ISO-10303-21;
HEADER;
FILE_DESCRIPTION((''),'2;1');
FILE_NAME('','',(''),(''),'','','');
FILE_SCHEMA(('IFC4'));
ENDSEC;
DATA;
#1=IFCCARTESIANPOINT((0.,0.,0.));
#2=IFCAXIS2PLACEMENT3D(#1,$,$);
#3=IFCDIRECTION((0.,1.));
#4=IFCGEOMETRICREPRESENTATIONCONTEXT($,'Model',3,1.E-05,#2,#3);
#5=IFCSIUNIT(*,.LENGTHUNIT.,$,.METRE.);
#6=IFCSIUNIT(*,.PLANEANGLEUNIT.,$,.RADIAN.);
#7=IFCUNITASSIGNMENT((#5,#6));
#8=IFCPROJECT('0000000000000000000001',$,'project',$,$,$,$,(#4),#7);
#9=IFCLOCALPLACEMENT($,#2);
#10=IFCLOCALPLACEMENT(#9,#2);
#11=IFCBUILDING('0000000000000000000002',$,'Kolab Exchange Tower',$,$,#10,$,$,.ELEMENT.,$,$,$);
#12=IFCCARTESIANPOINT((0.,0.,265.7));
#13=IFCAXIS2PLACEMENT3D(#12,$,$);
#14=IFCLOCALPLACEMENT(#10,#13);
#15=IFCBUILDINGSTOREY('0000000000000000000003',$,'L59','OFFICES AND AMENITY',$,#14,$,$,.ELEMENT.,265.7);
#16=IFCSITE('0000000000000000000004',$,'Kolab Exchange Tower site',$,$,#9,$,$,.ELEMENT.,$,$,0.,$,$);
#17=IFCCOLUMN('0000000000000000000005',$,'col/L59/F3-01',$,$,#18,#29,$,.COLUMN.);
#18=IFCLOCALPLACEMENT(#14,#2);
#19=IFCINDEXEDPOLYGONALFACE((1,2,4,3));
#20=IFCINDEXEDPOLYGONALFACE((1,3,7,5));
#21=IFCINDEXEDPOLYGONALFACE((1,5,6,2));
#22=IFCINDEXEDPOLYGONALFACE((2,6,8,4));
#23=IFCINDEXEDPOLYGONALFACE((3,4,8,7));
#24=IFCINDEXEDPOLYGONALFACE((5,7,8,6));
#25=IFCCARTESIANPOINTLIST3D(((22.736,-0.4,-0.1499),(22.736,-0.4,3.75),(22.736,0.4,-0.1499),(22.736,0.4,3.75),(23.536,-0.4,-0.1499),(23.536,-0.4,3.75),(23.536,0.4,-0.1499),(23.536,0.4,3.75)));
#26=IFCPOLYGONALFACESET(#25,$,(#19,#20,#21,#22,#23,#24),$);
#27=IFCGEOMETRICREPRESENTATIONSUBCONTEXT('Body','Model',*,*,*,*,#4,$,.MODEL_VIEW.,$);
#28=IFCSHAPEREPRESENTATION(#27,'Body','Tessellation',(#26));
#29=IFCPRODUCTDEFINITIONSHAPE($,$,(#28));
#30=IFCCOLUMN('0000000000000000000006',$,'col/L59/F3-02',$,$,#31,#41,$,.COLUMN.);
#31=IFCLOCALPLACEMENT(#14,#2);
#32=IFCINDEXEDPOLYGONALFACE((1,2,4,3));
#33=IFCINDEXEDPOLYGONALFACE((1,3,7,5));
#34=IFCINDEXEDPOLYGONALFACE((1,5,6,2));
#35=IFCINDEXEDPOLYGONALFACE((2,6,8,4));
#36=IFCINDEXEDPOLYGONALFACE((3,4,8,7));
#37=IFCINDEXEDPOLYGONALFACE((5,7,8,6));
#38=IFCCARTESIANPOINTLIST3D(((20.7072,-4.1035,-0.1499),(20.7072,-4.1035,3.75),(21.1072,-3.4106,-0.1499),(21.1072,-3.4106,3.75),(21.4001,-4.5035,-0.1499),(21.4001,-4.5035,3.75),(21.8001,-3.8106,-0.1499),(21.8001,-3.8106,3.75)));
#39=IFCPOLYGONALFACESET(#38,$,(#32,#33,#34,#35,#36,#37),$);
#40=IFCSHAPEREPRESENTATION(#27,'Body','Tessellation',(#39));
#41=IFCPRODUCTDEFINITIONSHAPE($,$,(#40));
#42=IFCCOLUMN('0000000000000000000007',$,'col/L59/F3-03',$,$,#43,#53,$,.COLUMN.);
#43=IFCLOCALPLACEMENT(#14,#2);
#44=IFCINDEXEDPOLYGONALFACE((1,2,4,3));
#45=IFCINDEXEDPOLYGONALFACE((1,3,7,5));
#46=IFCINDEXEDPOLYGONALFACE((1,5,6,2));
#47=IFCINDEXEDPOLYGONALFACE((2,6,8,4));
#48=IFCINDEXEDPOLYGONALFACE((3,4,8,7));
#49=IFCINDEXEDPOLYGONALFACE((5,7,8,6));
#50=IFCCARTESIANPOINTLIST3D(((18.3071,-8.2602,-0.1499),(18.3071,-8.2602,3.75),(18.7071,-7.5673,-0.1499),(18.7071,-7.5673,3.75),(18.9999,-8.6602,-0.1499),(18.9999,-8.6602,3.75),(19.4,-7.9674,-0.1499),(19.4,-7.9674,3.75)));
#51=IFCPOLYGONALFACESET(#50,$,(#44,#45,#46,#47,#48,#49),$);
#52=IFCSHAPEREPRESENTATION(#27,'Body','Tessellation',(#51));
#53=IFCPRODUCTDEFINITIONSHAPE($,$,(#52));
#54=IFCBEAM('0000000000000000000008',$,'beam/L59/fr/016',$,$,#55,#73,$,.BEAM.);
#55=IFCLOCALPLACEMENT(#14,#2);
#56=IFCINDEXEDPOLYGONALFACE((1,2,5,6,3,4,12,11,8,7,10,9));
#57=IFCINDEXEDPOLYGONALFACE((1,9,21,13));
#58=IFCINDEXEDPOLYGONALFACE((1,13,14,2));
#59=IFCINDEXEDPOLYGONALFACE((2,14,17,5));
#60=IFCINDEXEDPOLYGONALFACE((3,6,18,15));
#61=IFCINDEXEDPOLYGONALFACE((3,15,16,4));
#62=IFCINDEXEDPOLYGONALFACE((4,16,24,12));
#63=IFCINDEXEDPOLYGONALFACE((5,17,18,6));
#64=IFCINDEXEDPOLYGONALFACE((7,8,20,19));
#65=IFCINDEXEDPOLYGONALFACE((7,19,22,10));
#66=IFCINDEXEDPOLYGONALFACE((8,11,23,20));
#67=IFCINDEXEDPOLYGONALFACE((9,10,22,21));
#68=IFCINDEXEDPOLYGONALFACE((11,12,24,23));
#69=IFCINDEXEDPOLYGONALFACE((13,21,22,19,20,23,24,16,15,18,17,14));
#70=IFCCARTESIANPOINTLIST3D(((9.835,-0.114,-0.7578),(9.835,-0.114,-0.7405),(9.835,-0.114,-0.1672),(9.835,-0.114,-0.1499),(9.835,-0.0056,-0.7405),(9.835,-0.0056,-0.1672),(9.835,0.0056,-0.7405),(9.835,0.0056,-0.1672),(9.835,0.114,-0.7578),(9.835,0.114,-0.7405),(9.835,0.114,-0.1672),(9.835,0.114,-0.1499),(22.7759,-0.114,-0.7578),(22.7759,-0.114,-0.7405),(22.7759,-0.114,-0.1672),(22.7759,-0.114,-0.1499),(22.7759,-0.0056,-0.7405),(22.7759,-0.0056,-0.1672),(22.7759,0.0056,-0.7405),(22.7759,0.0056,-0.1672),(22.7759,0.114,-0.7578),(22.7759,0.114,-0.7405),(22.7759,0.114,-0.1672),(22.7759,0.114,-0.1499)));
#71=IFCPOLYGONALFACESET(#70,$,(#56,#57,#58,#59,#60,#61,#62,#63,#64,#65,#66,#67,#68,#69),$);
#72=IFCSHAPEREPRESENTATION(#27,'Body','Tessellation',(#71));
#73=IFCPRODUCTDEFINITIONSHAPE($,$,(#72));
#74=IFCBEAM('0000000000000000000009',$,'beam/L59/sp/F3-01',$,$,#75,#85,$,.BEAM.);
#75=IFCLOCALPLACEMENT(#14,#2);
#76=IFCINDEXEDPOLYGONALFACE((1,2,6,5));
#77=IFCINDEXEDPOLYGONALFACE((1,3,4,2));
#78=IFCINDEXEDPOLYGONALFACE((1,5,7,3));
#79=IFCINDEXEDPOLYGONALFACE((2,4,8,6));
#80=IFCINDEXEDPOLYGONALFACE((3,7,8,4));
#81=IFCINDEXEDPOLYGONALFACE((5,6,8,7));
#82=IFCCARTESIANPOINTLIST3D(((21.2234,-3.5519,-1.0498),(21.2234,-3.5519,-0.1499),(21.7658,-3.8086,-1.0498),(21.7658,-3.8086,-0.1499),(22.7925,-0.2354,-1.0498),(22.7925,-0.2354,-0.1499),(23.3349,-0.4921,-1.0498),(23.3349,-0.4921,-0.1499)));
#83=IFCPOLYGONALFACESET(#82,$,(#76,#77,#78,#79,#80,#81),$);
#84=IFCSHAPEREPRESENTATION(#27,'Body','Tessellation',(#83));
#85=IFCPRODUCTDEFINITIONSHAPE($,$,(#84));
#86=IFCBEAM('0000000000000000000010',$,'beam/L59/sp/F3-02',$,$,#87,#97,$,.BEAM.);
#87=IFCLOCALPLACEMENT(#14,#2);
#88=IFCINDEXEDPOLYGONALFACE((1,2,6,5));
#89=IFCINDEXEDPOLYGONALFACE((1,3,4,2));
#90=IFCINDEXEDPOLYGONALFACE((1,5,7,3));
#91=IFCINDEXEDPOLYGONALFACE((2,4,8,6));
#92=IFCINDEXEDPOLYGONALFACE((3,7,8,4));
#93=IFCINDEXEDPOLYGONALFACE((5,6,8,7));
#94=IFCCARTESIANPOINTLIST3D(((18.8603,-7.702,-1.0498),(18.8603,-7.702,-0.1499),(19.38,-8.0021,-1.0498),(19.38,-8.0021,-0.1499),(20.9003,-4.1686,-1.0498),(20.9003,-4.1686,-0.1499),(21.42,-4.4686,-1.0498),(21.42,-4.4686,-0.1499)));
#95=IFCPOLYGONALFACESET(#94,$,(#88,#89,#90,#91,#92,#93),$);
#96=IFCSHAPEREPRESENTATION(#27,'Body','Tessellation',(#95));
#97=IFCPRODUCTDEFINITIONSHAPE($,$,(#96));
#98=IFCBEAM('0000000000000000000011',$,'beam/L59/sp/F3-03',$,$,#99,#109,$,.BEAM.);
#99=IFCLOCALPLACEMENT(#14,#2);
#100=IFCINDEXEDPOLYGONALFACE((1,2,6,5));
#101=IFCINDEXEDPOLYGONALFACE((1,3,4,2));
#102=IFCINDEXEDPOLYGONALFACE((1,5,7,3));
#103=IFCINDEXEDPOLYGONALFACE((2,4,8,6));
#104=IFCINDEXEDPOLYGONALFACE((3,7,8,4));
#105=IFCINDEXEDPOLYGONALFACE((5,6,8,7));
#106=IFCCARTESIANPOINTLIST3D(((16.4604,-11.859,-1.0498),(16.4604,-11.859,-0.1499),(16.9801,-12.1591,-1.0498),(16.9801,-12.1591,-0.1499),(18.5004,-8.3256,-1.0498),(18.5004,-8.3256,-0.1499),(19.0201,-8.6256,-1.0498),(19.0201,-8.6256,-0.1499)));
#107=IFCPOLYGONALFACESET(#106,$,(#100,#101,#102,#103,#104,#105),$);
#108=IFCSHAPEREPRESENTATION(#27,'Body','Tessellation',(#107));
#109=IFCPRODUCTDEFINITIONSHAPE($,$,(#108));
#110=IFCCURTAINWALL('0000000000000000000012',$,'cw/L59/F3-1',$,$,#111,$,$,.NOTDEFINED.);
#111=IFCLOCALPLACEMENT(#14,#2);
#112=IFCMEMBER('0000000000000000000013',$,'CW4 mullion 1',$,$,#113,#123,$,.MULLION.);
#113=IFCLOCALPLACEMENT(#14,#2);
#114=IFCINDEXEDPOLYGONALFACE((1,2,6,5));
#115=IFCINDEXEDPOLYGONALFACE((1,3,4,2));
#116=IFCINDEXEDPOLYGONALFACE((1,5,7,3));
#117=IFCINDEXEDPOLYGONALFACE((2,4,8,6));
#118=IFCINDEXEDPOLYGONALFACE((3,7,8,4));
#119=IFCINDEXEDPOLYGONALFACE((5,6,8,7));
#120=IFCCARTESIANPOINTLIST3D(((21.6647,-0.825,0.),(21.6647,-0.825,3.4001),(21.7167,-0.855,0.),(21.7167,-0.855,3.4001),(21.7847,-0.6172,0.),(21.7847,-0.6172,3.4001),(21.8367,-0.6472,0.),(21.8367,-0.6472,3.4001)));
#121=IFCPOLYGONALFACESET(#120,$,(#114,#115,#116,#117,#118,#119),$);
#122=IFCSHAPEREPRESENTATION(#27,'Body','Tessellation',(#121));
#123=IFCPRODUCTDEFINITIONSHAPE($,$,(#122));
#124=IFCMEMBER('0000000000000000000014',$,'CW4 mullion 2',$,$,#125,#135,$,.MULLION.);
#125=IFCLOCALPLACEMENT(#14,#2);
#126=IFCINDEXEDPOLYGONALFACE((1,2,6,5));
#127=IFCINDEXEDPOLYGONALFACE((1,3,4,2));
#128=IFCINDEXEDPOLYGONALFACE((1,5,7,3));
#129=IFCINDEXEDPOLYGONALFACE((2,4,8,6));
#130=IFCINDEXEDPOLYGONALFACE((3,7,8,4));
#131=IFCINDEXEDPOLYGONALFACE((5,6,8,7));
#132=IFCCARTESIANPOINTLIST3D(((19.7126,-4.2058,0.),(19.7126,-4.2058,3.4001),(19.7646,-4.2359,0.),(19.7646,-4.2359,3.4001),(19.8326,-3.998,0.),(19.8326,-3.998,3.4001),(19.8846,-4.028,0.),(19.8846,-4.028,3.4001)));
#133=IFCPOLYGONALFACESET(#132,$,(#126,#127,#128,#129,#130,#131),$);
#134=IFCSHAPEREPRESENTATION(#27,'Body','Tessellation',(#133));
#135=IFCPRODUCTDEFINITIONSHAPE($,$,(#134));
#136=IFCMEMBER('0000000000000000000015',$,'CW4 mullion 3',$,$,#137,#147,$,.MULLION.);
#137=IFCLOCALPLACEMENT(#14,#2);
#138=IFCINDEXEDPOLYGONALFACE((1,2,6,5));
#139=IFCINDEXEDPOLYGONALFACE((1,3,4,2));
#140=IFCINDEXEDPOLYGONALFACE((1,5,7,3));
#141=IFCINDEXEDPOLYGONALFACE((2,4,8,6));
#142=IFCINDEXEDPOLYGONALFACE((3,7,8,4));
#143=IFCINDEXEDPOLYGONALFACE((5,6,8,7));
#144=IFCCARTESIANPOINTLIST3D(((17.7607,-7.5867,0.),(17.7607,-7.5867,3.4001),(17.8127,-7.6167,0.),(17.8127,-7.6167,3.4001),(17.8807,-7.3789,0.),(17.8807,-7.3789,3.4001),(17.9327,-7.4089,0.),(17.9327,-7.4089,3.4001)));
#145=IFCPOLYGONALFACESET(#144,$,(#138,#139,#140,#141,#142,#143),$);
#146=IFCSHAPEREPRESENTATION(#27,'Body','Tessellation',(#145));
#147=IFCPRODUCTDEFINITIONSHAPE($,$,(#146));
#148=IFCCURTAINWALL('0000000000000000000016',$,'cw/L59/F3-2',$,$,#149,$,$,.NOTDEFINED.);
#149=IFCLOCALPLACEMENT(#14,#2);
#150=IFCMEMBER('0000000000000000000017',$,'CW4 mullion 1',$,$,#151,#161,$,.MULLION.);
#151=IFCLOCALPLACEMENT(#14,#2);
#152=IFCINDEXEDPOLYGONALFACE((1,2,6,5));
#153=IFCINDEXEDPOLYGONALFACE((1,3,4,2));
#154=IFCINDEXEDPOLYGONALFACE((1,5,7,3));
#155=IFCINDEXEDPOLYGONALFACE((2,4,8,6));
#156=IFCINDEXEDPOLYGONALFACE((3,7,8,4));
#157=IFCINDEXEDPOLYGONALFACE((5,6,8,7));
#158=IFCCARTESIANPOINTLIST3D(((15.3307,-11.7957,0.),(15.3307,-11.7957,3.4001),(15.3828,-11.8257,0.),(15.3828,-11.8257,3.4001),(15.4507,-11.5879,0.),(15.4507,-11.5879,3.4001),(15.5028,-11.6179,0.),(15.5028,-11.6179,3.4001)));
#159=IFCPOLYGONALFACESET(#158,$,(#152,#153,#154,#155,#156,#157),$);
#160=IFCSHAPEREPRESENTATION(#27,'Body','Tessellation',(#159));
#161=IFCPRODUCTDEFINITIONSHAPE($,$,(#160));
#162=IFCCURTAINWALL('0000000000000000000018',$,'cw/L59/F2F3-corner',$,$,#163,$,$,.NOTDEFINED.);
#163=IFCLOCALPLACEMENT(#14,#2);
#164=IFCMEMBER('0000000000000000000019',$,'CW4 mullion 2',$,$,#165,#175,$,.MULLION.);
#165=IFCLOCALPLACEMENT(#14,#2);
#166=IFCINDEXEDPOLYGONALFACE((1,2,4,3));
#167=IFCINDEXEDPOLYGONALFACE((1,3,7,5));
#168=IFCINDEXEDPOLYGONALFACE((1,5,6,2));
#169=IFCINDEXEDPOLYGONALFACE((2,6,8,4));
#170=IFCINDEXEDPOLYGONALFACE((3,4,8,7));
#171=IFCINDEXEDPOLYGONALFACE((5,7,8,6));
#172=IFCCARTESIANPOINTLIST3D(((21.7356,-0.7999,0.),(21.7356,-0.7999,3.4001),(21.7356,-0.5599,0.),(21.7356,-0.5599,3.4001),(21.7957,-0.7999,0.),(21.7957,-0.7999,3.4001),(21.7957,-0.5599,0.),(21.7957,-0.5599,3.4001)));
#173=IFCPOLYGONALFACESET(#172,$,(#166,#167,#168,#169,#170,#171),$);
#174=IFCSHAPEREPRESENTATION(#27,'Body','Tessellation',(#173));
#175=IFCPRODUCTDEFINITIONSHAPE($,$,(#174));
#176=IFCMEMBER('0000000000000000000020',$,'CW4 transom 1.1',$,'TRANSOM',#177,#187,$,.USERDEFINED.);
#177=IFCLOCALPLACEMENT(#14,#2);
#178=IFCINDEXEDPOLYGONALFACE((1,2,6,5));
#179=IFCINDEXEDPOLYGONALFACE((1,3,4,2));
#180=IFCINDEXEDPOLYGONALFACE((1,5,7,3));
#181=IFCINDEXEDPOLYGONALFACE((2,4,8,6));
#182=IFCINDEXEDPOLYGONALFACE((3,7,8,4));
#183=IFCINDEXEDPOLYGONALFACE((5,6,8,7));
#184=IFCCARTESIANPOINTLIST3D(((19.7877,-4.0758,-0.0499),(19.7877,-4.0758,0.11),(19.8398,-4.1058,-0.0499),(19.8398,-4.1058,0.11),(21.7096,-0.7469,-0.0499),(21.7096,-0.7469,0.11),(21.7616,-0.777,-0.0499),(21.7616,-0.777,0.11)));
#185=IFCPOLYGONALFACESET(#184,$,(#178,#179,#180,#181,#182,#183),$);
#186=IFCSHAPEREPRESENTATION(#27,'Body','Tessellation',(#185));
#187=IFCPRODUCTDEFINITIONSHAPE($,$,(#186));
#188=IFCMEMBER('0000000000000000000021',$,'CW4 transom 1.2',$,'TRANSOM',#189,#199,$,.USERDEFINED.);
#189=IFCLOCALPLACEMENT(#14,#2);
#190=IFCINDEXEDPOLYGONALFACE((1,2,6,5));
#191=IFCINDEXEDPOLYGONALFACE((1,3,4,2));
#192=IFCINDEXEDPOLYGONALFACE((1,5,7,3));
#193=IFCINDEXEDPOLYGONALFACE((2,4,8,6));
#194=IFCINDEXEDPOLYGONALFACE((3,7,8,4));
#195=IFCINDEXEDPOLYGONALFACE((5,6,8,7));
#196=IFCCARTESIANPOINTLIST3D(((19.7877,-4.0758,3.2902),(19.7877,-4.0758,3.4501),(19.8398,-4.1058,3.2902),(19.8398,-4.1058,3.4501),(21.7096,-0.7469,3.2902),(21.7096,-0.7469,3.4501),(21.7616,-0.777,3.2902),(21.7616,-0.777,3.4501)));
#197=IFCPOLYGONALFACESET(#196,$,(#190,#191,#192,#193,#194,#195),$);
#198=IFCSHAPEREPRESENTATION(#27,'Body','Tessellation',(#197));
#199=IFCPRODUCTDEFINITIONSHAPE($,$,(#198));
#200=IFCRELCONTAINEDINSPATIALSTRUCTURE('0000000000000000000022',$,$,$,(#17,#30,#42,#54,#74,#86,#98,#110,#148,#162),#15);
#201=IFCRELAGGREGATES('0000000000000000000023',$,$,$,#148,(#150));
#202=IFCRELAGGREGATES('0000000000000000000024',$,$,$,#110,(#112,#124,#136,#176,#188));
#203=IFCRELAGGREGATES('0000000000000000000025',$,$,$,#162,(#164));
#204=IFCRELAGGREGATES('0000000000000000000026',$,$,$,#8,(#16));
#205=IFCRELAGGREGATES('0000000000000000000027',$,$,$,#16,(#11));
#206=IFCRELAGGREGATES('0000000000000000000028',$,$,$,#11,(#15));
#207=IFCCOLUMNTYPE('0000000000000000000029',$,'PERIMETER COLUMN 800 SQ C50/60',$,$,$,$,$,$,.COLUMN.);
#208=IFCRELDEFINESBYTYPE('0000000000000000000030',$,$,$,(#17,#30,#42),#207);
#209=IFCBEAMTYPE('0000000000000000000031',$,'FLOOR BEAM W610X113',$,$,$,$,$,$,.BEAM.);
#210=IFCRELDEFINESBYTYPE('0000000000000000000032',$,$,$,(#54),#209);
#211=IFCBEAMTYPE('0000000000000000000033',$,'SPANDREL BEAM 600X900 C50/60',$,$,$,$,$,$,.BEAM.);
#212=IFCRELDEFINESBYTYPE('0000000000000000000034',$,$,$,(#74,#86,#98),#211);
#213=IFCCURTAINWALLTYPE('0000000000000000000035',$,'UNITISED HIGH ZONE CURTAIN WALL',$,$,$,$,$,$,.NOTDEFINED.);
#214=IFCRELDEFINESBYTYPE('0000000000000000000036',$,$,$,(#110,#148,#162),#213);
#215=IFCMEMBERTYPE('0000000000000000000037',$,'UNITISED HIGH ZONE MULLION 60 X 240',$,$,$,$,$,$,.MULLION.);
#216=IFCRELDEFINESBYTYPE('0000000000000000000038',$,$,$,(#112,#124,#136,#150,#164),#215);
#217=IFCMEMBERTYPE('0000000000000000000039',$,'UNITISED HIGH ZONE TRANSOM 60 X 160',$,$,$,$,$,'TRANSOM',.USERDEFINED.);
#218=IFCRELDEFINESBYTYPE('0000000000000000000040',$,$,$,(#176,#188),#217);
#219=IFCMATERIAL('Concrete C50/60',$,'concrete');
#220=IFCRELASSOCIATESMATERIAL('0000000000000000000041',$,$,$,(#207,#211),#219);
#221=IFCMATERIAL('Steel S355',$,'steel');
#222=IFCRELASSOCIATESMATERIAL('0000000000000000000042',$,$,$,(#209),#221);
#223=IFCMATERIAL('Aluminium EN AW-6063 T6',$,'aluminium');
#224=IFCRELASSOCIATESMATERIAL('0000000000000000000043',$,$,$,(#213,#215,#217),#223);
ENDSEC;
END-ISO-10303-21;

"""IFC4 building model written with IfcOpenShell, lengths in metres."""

from ifc_helpers import new_model, si_unit, direction, frame, origin, origin_2d, place, context, subcontext, project, spatial, rectangle, i_section, extrude, material, material_profile, profile_set, type_object, element, aggregate, save


model = new_model("IFC4")

# Units and contexts
model_context = context("Model", 3, precision=1e-05, world=origin(), true_north=direction((0.0, 1.0)))
body_context = subcontext(model_context, "Body", "Model", "MODEL_VIEW")
ifc_project = project(units=[si_unit("LENGTHUNIT", "METRE"), si_unit("PLANEANGLEUNIT", "RADIAN")], contexts=[model_context])

# Site, building, storey
site_placement = place(None, origin())
site = spatial("IfcSite", under=ifc_project, at=site_placement, Name="Kolab Exchange Tower site", CompositionType="ELEMENT", RefElevation=0.0)
building_placement = place(site_placement, origin())
building = spatial("IfcBuilding", under=site, at=building_placement, Name="Kolab Exchange Tower", CompositionType="ELEMENT")
storey_placement = place(building_placement, frame((0.0, 0.0, 265.7)))
storey = spatial("IfcBuildingStorey", under=building, at=storey_placement, Name="L59", Description="OFFICES AND AMENITY", CompositionType="ELEMENT", Elevation=265.7)

# Columns
ifc_material_1 = material(Name="Concrete C50/60", Category="concrete")
ifc_material_profile_1 = material_profile(ifc_material_1, rectangle(XDim=0.8, YDim=0.8, at=origin_2d()), Name="RC800")
ifc_profile_set_1 = profile_set([ifc_material_profile_1], Name="Concrete C50/60")
column_type = type_object("IfcColumnType", Name="PERIMETER COLUMN 800 SQ C50/60", PredefinedType="COLUMN", material=ifc_profile_set_1)
for number, where, z_axis, x_axis, name in (
    (1, (23.136, 0.0, -0.1499), (0.0, 0.0, 1.0), (1.0, 0.0, 0.0), "col/L59/F3-01"),
    (2, (21.2537, -3.957, -0.1499), (0.0, 0.0, 1.0), (0.5, 0.866025, 0.0), "col/L59/F3-02"),
    (3, (18.8535, -8.1138, -0.1499), (0.0, 0.0, 1.0), (0.5, 0.866025, 0.0), "col/L59/F3-03"),
):
    element("IfcColumn", number, at=place(storey_placement, frame(where, z_axis=z_axis, x_axis=x_axis)), inside=storey, type_object=column_type, Name=name, PredefinedType="COLUMN", context=body_context, shape_type="SweptSolid", body=[
        extrude(rectangle(XDim=0.8, YDim=0.8, at=origin_2d()), origin(), (0.0, 0.0, 1.0), 3.8999),
    ])

# Beams
ifc_material_2 = material(Name="Steel S355", Category="steel")
ifc_material_profile_2 = material_profile(ifc_material_2, i_section(OverallWidth=0.228, OverallDepth=0.6079, WebThickness=0.0112, FlangeThickness=0.0173, at=origin_2d()), Name="W610X113")
ifc_profile_set_2 = profile_set([ifc_material_profile_2], Name="Steel S355")
beam_type_1 = type_object("IfcBeamType", Name="FLOOR BEAM W610X113", PredefinedType="BEAM", material=ifc_profile_set_2)
beam_1_placement = place(storey_placement, frame((9.835, 0.0, -0.4539), z_axis=(1.0, 0.0, 0.0), x_axis=(0.0, 1.0, 0.0)))
element("IfcBeam", 4, at=beam_1_placement, inside=storey, type_object=beam_type_1, Name="beam/L59/fr/016", PredefinedType="BEAM", context=body_context, shape_type="SweptSolid", body=[
    extrude(i_section(OverallWidth=0.228, OverallDepth=0.6079, WebThickness=0.0112, FlangeThickness=0.0173, at=origin_2d()), origin(), (0.0, 0.0, 1.0), 12.9409),
])
ifc_material_profile_3 = material_profile(ifc_material_1, rectangle(XDim=0.6001, YDim=0.8999, at=origin_2d()), Name="RC600X900")
ifc_profile_set_3 = profile_set([ifc_material_profile_3], Name="Concrete C50/60")
beam_type_2 = type_object("IfcBeamType", Name="SPANDREL BEAM 600X900 C50/60", PredefinedType="BEAM", material=ifc_profile_set_3)
beam_2_placement = place(storey_placement, frame((23.0637, -0.3638, -0.5999), z_axis=(-0.427677, -0.903932, 0.0), x_axis=(0.903932, -0.427677, 0.0)))
element("IfcBeam", 5, at=beam_2_placement, inside=storey, type_object=beam_type_2, Name="beam/L59/sp/F3-01", PredefinedType="BEAM", context=body_context, shape_type="SweptSolid", body=[
    extrude(rectangle(XDim=0.6001, YDim=0.8999, at=origin_2d()), origin(), (0.0, 0.0, 1.0), 3.6689),
])
for number, where, z_axis, x_axis, name in (
    (6, (21.1602, -4.3186, -0.5999), (-0.5, -0.866025, 0.0), (0.866025, -0.5, 0.0), "beam/L59/sp/F3-02"),
    (7, (18.7603, -8.4756, -0.5999), (-0.5, -0.866025, 0.0), (0.866025, -0.5, 0.0), "beam/L59/sp/F3-03"),
):
    element("IfcBeam", number, at=place(storey_placement, frame(where, z_axis=z_axis, x_axis=x_axis)), inside=storey, type_object=beam_type_2, Name=name, PredefinedType="BEAM", context=body_context, shape_type="SweptSolid", body=[
        extrude(rectangle(XDim=0.6001, YDim=0.8999, at=origin_2d()), origin(), (0.0, 0.0, 1.0), 4.0801),
    ])

# Curtain wall, members
ifc_material_3 = material(Name="Aluminium EN AW-6063 T6", Category="aluminium")
curtain_wall_type = type_object("IfcCurtainWallType", Name="UNITISED HIGH ZONE CURTAIN WALL", PredefinedType="NOTDEFINED", material=ifc_material_3)
curtain_wall_1_placement = place(storey_placement, origin())
curtain_wall_1 = element("IfcCurtainWall", 8, at=curtain_wall_1_placement, inside=storey, type_object=curtain_wall_type, Name="cw/L59/F3-1", PredefinedType="NOTDEFINED")
ifc_material_profile_4 = material_profile(ifc_material_3, rectangle(XDim=0.0601, YDim=0.24, at=origin_2d()), Name="RECT 60X240")
ifc_profile_set_4 = profile_set([ifc_material_profile_4], Name="Aluminium EN AW-6063 T6")
member_type_1 = type_object("IfcMemberType", Name="UNITISED HIGH ZONE MULLION 60 X 240", PredefinedType="MULLION", material=ifc_profile_set_4)
member_1_placement = place(storey_placement, frame((21.7507, -0.7361, 0.0), z_axis=(0.0, 0.0, 1.0), x_axis=(0.866025, -0.5, 0.0)))
member_1 = element("IfcMember", 9, at=member_1_placement, type_object=member_type_1, Name="CW4 mullion 1", PredefinedType="MULLION", context=body_context, shape_type="SweptSolid", body=[
    extrude(rectangle(XDim=0.0601, YDim=0.24, at=origin_2d()), origin(), (0.0, 0.0, 1.0), 3.4001),
])
member_2_placement = place(storey_placement, frame((19.7986, -4.1169, 0.0), z_axis=(0.0, 0.0, 1.0), x_axis=(0.866025, -0.5, 0.0)))
member_2 = element("IfcMember", 10, at=member_2_placement, type_object=member_type_1, Name="CW4 mullion 2", PredefinedType="MULLION", context=body_context, shape_type="SweptSolid", body=[
    extrude(rectangle(XDim=0.0601, YDim=0.24, at=origin_2d()), origin(), (0.0, 0.0, 1.0), 3.4001),
])
member_3_placement = place(storey_placement, frame((17.8467, -7.4978, 0.0), z_axis=(0.0, 0.0, 1.0), x_axis=(0.866025, -0.5, 0.0)))
member_3 = element("IfcMember", 11, at=member_3_placement, type_object=member_type_1, Name="CW4 mullion 3", PredefinedType="MULLION", context=body_context, shape_type="SweptSolid", body=[
    extrude(rectangle(XDim=0.0601, YDim=0.24, at=origin_2d()), origin(), (0.0, 0.0, 1.0), 3.4001),
])

# Curtain walls, members
curtain_wall_2_placement = place(storey_placement, origin())
curtain_wall_2 = element("IfcCurtainWall", 12, at=curtain_wall_2_placement, inside=storey, type_object=curtain_wall_type, Name="cw/L59/F3-2", PredefinedType="NOTDEFINED")
member_4_placement = place(storey_placement, frame((15.4167, -11.7068, 0.0), z_axis=(0.0, 0.0, 1.0), x_axis=(0.866025, -0.5, 0.0)))
member_4 = element("IfcMember", 13, at=member_4_placement, type_object=member_type_1, Name="CW4 mullion 1", PredefinedType="MULLION", context=body_context, shape_type="SweptSolid", body=[
    extrude(rectangle(XDim=0.0601, YDim=0.24, at=origin_2d()), origin(), (0.0, 0.0, 1.0), 3.4001),
])
aggregate(curtain_wall_2, [member_4])
curtain_wall_3_placement = place(storey_placement, origin())
curtain_wall_3 = element("IfcCurtainWall", 14, at=curtain_wall_3_placement, inside=storey, type_object=curtain_wall_type, Name="cw/L59/F2F3-corner", PredefinedType="NOTDEFINED")
member_5_placement = place(storey_placement, frame((21.7656, -0.6799, 0.0), z_axis=(0.0, 0.0, 1.0), x_axis=(1.0, 0.0, 0.0)))
member_5 = element("IfcMember", 15, at=member_5_placement, type_object=member_type_1, Name="CW4 mullion 2", PredefinedType="MULLION", context=body_context, shape_type="SweptSolid", body=[
    extrude(rectangle(XDim=0.0601, YDim=0.24, at=origin_2d()), origin(), (0.0, 0.0, 1.0), 3.4001),
])

# Members
ifc_material_profile_5 = material_profile(ifc_material_3, rectangle(XDim=0.0601, YDim=0.1599, at=origin_2d()), Name="RECT 60X160")
ifc_profile_set_5 = profile_set([ifc_material_profile_5], Name="Aluminium EN AW-6063 T6")
member_type_2 = type_object("IfcMemberType", Name="UNITISED HIGH ZONE TRANSOM 60 X 160", ElementType="TRANSOM", PredefinedType="USERDEFINED", material=ifc_profile_set_5)
member_6_placement = place(storey_placement, frame((21.7356, -0.762, 0.03), z_axis=(-0.499992, -0.86603, 0.0), x_axis=(0.86603, -0.499992, 0.0)))
member_6 = element("IfcMember", 16, at=member_6_placement, type_object=member_type_2, Name="CW4 transom 1.1", ObjectType="TRANSOM", PredefinedType="USERDEFINED", context=body_context, shape_type="SweptSolid", body=[
    extrude(rectangle(XDim=0.0601, YDim=0.1599, at=origin_2d()), origin(), (0.0, 0.0, 1.0), 3.8438),
])
member_7_placement = place(storey_placement, frame((21.7356, -0.762, 3.3701), z_axis=(-0.499992, -0.86603, 0.0), x_axis=(0.86603, -0.499992, 0.0)))
member_7 = element("IfcMember", 17, at=member_7_placement, type_object=member_type_2, Name="CW4 transom 1.2", ObjectType="TRANSOM", PredefinedType="USERDEFINED", context=body_context, shape_type="SweptSolid", body=[
    extrude(rectangle(XDim=0.0601, YDim=0.1599, at=origin_2d()), origin(), (0.0, 0.0, 1.0), 3.8438),
])

aggregate(curtain_wall_1, [member_1, member_2, member_3, member_6, member_7])
aggregate(curtain_wall_3, [member_5])

save(model, "model.ifc")
